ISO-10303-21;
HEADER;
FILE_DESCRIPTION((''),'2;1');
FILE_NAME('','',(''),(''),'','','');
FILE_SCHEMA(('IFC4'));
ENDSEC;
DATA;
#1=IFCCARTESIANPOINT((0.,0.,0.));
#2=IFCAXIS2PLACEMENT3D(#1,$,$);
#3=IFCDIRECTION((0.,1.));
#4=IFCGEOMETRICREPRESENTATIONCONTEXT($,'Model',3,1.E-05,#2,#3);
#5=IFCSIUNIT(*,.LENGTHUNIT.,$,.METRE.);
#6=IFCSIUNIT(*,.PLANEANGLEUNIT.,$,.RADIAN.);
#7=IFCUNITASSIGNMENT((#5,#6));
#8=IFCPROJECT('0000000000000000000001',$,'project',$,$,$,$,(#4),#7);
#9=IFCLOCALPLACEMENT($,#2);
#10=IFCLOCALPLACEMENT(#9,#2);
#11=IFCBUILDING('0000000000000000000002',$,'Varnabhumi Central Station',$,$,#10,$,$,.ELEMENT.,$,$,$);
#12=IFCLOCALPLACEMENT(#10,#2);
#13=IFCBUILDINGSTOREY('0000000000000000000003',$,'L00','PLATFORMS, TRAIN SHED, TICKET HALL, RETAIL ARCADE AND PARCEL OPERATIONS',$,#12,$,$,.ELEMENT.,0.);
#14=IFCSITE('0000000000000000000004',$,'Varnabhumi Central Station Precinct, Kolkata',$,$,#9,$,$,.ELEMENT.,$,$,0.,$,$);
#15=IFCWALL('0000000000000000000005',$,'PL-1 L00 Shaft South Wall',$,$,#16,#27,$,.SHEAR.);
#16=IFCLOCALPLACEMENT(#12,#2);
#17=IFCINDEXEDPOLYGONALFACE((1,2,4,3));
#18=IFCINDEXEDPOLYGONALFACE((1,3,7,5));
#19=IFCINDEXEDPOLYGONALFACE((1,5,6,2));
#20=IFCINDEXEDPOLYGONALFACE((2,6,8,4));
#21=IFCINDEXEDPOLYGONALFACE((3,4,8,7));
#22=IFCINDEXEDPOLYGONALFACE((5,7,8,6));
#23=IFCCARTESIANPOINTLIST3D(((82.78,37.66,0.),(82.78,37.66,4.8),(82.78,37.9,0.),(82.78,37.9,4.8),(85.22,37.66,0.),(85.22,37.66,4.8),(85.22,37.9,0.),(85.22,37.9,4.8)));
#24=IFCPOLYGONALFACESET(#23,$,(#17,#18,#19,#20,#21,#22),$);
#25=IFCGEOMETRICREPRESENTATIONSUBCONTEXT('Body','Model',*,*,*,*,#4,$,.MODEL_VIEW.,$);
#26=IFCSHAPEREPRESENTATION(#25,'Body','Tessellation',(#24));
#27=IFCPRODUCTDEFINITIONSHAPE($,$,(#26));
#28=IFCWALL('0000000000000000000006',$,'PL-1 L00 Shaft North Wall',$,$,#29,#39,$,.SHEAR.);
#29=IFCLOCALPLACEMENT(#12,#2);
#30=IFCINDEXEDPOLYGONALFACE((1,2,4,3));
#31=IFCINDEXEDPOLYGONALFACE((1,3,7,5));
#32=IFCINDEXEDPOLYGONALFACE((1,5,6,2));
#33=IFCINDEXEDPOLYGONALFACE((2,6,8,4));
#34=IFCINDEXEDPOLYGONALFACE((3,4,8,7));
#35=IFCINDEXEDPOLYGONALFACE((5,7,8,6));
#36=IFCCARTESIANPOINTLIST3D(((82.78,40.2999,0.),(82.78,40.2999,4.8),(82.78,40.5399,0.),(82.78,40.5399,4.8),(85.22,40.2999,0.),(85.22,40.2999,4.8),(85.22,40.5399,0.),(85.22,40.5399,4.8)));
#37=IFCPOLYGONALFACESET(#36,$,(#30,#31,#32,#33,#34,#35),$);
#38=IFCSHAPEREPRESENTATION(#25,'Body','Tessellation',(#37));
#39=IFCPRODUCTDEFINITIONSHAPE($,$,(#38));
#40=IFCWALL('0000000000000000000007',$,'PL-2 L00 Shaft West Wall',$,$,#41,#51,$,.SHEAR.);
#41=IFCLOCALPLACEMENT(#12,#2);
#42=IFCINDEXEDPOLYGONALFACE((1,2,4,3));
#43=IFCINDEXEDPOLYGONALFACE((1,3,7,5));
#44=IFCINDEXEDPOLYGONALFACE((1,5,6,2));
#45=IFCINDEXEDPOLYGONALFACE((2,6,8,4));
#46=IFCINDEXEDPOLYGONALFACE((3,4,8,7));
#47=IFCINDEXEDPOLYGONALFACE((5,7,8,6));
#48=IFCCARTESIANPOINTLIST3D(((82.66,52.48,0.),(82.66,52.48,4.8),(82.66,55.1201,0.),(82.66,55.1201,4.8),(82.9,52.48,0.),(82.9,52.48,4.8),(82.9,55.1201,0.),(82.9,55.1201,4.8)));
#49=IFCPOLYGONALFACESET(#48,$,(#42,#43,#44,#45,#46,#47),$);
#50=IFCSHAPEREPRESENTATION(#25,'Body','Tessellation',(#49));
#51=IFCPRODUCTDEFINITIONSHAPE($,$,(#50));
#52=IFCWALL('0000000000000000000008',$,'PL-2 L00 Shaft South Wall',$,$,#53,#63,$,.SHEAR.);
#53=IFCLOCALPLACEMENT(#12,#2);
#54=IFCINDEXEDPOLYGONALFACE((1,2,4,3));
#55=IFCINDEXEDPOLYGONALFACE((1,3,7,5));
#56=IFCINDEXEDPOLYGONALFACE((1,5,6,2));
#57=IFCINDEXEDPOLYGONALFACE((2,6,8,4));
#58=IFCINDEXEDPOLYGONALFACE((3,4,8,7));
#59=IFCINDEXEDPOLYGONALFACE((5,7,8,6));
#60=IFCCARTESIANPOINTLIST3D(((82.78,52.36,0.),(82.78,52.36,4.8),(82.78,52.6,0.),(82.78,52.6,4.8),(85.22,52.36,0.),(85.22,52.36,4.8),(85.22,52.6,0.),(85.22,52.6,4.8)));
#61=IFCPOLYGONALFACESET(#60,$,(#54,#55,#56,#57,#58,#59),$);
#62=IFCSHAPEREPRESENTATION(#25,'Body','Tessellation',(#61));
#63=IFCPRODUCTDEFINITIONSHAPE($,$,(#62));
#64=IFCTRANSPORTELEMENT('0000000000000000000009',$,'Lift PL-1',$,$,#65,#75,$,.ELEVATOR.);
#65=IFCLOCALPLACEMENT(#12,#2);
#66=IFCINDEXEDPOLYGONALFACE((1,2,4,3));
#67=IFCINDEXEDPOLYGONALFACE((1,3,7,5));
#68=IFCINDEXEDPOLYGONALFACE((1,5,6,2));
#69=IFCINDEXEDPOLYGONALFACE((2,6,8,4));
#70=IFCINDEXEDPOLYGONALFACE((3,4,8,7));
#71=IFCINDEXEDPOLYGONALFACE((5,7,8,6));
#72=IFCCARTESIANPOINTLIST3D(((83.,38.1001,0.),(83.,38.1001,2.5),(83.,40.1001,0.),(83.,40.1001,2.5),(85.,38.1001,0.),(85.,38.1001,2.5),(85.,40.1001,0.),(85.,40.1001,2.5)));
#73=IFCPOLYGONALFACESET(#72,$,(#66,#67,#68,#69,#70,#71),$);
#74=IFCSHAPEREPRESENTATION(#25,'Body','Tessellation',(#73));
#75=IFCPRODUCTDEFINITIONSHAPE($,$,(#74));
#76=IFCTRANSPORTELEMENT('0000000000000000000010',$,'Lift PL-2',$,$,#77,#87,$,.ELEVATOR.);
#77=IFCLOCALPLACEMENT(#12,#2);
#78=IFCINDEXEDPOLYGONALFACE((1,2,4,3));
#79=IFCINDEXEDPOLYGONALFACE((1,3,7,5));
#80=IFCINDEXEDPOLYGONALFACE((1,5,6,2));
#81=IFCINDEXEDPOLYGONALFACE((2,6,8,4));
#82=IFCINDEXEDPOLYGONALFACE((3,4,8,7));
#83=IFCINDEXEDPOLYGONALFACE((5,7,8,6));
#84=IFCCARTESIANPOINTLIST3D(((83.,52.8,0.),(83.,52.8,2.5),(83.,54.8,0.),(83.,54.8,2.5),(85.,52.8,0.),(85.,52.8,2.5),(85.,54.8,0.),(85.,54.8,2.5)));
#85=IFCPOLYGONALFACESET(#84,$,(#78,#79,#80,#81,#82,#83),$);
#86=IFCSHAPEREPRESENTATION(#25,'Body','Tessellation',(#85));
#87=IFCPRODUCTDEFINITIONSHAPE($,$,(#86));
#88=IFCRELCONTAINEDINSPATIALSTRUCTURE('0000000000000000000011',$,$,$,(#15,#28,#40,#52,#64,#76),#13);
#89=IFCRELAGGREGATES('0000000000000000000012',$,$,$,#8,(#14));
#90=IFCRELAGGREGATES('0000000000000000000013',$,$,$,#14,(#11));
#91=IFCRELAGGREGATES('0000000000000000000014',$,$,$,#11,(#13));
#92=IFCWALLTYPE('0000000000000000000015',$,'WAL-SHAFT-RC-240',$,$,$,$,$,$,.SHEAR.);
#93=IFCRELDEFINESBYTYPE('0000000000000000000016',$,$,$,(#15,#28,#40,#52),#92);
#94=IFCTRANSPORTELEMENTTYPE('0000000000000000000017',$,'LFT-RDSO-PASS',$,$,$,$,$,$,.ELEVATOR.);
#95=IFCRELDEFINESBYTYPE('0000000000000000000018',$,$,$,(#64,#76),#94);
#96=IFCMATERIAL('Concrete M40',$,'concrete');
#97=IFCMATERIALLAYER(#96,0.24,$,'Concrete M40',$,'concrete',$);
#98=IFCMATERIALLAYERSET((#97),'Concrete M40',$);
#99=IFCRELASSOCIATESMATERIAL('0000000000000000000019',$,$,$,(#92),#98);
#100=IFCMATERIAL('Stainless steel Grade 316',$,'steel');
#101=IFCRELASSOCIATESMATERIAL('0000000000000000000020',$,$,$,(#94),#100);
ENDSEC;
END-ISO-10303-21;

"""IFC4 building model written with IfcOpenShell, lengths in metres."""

from ifc_helpers import new_model, si_unit, direction, frame, frame_2d, origin, origin_2d, place, context, subcontext, project, spatial, rectangle, extrude, material, layer, layer_set, type_object, element, save


model = new_model("IFC4")

# Units and contexts
model_context = context("Model", 3, precision=1e-05, world=origin(), true_north=direction((0.0, 1.0)))
body_context = subcontext(model_context, "Body", "Model", "MODEL_VIEW")
ifc_project = project(units=[si_unit("LENGTHUNIT", "METRE"), si_unit("PLANEANGLEUNIT", "RADIAN")], contexts=[model_context])

# Site, building, storey
site_placement = place(None, origin())
site = spatial("IfcSite", under=ifc_project, at=site_placement, Name="Varnabhumi Central Station Precinct, Kolkata", CompositionType="ELEMENT", RefElevation=0.0)
building_placement = place(site_placement, origin())
building = spatial("IfcBuilding", under=site, at=building_placement, Name="Varnabhumi Central Station", CompositionType="ELEMENT")
storey_placement = place(building_placement, origin())
storey = spatial("IfcBuildingStorey", under=building, at=storey_placement, Name="L00", Description="PLATFORMS, TRAIN SHED, TICKET HALL, RETAIL ARCADE AND PARCEL OPERATIONS", CompositionType="ELEMENT", Elevation=0.0)

# Shared definitions
ifc_material_1 = material(Name="Concrete M40", Category="concrete")

# Walls
ifc_layer = layer(ifc_material_1, 0.24, Name="Concrete M40", Category="concrete")
ifc_layer_set = layer_set([ifc_layer], Name="Concrete M40")
wall_type = type_object("IfcWallType", Name="WAL-SHAFT-RC-240", PredefinedType="SHEAR", material=ifc_layer_set)
for number, where, z_axis, x_axis, name in (
    (1, (82.78, 37.78, 0.0), (0.0, 0.0, 1.0), (1.0, 0.0, 0.0), "PL-1 L00 Shaft South Wall"),
    (2, (82.78, 40.4199, 0.0), (0.0, 0.0, 1.0), (1.0, 0.0, 0.0), "PL-1 L00 Shaft North Wall"),
):
    element("IfcWall", number, at=place(storey_placement, frame(where, z_axis=z_axis, x_axis=x_axis)), inside=storey, type_object=wall_type, Name=name, PredefinedType="SHEAR", context=body_context, shape_type="SweptSolid", body=[
        extrude(rectangle(XDim=2.4399, YDim=0.24, at=frame_2d((1.22, 0.0))), origin(), (0.0, 0.0, 1.0), 4.8),
    ])

# Shared definitions
ifc_material_2 = material(Name="Stainless steel Grade 316", Category="steel")

# Walls
wall_1_placement = place(storey_placement, frame((82.78, 52.48, 0.0), z_axis=(0.0, 0.0, 1.0), x_axis=(0.0, 1.0, 0.0)))
element("IfcWall", 3, at=wall_1_placement, inside=storey, type_object=wall_type, Name="PL-2 L00 Shaft West Wall", PredefinedType="SHEAR", context=body_context, shape_type="SweptSolid", body=[
    extrude(rectangle(XDim=2.6401, YDim=0.24, at=frame_2d((1.3201, 0.0))), origin(), (0.0, 0.0, 1.0), 4.8),
])
wall_2_placement = place(storey_placement, frame((82.78, 52.48, 0.0), z_axis=(0.0, 0.0, 1.0), x_axis=(1.0, 0.0, 0.0)))
element("IfcWall", 4, at=wall_2_placement, inside=storey, type_object=wall_type, Name="PL-2 L00 Shaft South Wall", PredefinedType="SHEAR", context=body_context, shape_type="SweptSolid", body=[
    extrude(rectangle(XDim=2.4399, YDim=0.24, at=frame_2d((1.22, 0.0))), origin(), (0.0, 0.0, 1.0), 4.8),
])

# Transport elements
transport_element_type = type_object("IfcTransportElementType", Name="LFT-RDSO-PASS", PredefinedType="ELEVATOR", material=ifc_material_2)
for number, where, z_axis, x_axis, name in (
    (5, (84.0, 39.1001, 0.0), (0.0, 0.0, 1.0), (1.0, 0.0, 0.0), "Lift PL-1"),
    (6, (84.0, 53.8, 0.0), (0.0, 0.0, 1.0), (1.0, 0.0, 0.0), "Lift PL-2"),
):
    element("IfcTransportElement", number, at=place(storey_placement, frame(where, z_axis=z_axis, x_axis=x_axis)), inside=storey, type_object=transport_element_type, Name=name, PredefinedType="ELEVATOR", context=body_context, shape_type="SweptSolid", body=[
        extrude(rectangle(XDim=2.0, YDim=2.0, at=origin_2d()), origin(), (0.0, 0.0, 1.0), 2.5),
    ])

save(model, "model.ifc")
